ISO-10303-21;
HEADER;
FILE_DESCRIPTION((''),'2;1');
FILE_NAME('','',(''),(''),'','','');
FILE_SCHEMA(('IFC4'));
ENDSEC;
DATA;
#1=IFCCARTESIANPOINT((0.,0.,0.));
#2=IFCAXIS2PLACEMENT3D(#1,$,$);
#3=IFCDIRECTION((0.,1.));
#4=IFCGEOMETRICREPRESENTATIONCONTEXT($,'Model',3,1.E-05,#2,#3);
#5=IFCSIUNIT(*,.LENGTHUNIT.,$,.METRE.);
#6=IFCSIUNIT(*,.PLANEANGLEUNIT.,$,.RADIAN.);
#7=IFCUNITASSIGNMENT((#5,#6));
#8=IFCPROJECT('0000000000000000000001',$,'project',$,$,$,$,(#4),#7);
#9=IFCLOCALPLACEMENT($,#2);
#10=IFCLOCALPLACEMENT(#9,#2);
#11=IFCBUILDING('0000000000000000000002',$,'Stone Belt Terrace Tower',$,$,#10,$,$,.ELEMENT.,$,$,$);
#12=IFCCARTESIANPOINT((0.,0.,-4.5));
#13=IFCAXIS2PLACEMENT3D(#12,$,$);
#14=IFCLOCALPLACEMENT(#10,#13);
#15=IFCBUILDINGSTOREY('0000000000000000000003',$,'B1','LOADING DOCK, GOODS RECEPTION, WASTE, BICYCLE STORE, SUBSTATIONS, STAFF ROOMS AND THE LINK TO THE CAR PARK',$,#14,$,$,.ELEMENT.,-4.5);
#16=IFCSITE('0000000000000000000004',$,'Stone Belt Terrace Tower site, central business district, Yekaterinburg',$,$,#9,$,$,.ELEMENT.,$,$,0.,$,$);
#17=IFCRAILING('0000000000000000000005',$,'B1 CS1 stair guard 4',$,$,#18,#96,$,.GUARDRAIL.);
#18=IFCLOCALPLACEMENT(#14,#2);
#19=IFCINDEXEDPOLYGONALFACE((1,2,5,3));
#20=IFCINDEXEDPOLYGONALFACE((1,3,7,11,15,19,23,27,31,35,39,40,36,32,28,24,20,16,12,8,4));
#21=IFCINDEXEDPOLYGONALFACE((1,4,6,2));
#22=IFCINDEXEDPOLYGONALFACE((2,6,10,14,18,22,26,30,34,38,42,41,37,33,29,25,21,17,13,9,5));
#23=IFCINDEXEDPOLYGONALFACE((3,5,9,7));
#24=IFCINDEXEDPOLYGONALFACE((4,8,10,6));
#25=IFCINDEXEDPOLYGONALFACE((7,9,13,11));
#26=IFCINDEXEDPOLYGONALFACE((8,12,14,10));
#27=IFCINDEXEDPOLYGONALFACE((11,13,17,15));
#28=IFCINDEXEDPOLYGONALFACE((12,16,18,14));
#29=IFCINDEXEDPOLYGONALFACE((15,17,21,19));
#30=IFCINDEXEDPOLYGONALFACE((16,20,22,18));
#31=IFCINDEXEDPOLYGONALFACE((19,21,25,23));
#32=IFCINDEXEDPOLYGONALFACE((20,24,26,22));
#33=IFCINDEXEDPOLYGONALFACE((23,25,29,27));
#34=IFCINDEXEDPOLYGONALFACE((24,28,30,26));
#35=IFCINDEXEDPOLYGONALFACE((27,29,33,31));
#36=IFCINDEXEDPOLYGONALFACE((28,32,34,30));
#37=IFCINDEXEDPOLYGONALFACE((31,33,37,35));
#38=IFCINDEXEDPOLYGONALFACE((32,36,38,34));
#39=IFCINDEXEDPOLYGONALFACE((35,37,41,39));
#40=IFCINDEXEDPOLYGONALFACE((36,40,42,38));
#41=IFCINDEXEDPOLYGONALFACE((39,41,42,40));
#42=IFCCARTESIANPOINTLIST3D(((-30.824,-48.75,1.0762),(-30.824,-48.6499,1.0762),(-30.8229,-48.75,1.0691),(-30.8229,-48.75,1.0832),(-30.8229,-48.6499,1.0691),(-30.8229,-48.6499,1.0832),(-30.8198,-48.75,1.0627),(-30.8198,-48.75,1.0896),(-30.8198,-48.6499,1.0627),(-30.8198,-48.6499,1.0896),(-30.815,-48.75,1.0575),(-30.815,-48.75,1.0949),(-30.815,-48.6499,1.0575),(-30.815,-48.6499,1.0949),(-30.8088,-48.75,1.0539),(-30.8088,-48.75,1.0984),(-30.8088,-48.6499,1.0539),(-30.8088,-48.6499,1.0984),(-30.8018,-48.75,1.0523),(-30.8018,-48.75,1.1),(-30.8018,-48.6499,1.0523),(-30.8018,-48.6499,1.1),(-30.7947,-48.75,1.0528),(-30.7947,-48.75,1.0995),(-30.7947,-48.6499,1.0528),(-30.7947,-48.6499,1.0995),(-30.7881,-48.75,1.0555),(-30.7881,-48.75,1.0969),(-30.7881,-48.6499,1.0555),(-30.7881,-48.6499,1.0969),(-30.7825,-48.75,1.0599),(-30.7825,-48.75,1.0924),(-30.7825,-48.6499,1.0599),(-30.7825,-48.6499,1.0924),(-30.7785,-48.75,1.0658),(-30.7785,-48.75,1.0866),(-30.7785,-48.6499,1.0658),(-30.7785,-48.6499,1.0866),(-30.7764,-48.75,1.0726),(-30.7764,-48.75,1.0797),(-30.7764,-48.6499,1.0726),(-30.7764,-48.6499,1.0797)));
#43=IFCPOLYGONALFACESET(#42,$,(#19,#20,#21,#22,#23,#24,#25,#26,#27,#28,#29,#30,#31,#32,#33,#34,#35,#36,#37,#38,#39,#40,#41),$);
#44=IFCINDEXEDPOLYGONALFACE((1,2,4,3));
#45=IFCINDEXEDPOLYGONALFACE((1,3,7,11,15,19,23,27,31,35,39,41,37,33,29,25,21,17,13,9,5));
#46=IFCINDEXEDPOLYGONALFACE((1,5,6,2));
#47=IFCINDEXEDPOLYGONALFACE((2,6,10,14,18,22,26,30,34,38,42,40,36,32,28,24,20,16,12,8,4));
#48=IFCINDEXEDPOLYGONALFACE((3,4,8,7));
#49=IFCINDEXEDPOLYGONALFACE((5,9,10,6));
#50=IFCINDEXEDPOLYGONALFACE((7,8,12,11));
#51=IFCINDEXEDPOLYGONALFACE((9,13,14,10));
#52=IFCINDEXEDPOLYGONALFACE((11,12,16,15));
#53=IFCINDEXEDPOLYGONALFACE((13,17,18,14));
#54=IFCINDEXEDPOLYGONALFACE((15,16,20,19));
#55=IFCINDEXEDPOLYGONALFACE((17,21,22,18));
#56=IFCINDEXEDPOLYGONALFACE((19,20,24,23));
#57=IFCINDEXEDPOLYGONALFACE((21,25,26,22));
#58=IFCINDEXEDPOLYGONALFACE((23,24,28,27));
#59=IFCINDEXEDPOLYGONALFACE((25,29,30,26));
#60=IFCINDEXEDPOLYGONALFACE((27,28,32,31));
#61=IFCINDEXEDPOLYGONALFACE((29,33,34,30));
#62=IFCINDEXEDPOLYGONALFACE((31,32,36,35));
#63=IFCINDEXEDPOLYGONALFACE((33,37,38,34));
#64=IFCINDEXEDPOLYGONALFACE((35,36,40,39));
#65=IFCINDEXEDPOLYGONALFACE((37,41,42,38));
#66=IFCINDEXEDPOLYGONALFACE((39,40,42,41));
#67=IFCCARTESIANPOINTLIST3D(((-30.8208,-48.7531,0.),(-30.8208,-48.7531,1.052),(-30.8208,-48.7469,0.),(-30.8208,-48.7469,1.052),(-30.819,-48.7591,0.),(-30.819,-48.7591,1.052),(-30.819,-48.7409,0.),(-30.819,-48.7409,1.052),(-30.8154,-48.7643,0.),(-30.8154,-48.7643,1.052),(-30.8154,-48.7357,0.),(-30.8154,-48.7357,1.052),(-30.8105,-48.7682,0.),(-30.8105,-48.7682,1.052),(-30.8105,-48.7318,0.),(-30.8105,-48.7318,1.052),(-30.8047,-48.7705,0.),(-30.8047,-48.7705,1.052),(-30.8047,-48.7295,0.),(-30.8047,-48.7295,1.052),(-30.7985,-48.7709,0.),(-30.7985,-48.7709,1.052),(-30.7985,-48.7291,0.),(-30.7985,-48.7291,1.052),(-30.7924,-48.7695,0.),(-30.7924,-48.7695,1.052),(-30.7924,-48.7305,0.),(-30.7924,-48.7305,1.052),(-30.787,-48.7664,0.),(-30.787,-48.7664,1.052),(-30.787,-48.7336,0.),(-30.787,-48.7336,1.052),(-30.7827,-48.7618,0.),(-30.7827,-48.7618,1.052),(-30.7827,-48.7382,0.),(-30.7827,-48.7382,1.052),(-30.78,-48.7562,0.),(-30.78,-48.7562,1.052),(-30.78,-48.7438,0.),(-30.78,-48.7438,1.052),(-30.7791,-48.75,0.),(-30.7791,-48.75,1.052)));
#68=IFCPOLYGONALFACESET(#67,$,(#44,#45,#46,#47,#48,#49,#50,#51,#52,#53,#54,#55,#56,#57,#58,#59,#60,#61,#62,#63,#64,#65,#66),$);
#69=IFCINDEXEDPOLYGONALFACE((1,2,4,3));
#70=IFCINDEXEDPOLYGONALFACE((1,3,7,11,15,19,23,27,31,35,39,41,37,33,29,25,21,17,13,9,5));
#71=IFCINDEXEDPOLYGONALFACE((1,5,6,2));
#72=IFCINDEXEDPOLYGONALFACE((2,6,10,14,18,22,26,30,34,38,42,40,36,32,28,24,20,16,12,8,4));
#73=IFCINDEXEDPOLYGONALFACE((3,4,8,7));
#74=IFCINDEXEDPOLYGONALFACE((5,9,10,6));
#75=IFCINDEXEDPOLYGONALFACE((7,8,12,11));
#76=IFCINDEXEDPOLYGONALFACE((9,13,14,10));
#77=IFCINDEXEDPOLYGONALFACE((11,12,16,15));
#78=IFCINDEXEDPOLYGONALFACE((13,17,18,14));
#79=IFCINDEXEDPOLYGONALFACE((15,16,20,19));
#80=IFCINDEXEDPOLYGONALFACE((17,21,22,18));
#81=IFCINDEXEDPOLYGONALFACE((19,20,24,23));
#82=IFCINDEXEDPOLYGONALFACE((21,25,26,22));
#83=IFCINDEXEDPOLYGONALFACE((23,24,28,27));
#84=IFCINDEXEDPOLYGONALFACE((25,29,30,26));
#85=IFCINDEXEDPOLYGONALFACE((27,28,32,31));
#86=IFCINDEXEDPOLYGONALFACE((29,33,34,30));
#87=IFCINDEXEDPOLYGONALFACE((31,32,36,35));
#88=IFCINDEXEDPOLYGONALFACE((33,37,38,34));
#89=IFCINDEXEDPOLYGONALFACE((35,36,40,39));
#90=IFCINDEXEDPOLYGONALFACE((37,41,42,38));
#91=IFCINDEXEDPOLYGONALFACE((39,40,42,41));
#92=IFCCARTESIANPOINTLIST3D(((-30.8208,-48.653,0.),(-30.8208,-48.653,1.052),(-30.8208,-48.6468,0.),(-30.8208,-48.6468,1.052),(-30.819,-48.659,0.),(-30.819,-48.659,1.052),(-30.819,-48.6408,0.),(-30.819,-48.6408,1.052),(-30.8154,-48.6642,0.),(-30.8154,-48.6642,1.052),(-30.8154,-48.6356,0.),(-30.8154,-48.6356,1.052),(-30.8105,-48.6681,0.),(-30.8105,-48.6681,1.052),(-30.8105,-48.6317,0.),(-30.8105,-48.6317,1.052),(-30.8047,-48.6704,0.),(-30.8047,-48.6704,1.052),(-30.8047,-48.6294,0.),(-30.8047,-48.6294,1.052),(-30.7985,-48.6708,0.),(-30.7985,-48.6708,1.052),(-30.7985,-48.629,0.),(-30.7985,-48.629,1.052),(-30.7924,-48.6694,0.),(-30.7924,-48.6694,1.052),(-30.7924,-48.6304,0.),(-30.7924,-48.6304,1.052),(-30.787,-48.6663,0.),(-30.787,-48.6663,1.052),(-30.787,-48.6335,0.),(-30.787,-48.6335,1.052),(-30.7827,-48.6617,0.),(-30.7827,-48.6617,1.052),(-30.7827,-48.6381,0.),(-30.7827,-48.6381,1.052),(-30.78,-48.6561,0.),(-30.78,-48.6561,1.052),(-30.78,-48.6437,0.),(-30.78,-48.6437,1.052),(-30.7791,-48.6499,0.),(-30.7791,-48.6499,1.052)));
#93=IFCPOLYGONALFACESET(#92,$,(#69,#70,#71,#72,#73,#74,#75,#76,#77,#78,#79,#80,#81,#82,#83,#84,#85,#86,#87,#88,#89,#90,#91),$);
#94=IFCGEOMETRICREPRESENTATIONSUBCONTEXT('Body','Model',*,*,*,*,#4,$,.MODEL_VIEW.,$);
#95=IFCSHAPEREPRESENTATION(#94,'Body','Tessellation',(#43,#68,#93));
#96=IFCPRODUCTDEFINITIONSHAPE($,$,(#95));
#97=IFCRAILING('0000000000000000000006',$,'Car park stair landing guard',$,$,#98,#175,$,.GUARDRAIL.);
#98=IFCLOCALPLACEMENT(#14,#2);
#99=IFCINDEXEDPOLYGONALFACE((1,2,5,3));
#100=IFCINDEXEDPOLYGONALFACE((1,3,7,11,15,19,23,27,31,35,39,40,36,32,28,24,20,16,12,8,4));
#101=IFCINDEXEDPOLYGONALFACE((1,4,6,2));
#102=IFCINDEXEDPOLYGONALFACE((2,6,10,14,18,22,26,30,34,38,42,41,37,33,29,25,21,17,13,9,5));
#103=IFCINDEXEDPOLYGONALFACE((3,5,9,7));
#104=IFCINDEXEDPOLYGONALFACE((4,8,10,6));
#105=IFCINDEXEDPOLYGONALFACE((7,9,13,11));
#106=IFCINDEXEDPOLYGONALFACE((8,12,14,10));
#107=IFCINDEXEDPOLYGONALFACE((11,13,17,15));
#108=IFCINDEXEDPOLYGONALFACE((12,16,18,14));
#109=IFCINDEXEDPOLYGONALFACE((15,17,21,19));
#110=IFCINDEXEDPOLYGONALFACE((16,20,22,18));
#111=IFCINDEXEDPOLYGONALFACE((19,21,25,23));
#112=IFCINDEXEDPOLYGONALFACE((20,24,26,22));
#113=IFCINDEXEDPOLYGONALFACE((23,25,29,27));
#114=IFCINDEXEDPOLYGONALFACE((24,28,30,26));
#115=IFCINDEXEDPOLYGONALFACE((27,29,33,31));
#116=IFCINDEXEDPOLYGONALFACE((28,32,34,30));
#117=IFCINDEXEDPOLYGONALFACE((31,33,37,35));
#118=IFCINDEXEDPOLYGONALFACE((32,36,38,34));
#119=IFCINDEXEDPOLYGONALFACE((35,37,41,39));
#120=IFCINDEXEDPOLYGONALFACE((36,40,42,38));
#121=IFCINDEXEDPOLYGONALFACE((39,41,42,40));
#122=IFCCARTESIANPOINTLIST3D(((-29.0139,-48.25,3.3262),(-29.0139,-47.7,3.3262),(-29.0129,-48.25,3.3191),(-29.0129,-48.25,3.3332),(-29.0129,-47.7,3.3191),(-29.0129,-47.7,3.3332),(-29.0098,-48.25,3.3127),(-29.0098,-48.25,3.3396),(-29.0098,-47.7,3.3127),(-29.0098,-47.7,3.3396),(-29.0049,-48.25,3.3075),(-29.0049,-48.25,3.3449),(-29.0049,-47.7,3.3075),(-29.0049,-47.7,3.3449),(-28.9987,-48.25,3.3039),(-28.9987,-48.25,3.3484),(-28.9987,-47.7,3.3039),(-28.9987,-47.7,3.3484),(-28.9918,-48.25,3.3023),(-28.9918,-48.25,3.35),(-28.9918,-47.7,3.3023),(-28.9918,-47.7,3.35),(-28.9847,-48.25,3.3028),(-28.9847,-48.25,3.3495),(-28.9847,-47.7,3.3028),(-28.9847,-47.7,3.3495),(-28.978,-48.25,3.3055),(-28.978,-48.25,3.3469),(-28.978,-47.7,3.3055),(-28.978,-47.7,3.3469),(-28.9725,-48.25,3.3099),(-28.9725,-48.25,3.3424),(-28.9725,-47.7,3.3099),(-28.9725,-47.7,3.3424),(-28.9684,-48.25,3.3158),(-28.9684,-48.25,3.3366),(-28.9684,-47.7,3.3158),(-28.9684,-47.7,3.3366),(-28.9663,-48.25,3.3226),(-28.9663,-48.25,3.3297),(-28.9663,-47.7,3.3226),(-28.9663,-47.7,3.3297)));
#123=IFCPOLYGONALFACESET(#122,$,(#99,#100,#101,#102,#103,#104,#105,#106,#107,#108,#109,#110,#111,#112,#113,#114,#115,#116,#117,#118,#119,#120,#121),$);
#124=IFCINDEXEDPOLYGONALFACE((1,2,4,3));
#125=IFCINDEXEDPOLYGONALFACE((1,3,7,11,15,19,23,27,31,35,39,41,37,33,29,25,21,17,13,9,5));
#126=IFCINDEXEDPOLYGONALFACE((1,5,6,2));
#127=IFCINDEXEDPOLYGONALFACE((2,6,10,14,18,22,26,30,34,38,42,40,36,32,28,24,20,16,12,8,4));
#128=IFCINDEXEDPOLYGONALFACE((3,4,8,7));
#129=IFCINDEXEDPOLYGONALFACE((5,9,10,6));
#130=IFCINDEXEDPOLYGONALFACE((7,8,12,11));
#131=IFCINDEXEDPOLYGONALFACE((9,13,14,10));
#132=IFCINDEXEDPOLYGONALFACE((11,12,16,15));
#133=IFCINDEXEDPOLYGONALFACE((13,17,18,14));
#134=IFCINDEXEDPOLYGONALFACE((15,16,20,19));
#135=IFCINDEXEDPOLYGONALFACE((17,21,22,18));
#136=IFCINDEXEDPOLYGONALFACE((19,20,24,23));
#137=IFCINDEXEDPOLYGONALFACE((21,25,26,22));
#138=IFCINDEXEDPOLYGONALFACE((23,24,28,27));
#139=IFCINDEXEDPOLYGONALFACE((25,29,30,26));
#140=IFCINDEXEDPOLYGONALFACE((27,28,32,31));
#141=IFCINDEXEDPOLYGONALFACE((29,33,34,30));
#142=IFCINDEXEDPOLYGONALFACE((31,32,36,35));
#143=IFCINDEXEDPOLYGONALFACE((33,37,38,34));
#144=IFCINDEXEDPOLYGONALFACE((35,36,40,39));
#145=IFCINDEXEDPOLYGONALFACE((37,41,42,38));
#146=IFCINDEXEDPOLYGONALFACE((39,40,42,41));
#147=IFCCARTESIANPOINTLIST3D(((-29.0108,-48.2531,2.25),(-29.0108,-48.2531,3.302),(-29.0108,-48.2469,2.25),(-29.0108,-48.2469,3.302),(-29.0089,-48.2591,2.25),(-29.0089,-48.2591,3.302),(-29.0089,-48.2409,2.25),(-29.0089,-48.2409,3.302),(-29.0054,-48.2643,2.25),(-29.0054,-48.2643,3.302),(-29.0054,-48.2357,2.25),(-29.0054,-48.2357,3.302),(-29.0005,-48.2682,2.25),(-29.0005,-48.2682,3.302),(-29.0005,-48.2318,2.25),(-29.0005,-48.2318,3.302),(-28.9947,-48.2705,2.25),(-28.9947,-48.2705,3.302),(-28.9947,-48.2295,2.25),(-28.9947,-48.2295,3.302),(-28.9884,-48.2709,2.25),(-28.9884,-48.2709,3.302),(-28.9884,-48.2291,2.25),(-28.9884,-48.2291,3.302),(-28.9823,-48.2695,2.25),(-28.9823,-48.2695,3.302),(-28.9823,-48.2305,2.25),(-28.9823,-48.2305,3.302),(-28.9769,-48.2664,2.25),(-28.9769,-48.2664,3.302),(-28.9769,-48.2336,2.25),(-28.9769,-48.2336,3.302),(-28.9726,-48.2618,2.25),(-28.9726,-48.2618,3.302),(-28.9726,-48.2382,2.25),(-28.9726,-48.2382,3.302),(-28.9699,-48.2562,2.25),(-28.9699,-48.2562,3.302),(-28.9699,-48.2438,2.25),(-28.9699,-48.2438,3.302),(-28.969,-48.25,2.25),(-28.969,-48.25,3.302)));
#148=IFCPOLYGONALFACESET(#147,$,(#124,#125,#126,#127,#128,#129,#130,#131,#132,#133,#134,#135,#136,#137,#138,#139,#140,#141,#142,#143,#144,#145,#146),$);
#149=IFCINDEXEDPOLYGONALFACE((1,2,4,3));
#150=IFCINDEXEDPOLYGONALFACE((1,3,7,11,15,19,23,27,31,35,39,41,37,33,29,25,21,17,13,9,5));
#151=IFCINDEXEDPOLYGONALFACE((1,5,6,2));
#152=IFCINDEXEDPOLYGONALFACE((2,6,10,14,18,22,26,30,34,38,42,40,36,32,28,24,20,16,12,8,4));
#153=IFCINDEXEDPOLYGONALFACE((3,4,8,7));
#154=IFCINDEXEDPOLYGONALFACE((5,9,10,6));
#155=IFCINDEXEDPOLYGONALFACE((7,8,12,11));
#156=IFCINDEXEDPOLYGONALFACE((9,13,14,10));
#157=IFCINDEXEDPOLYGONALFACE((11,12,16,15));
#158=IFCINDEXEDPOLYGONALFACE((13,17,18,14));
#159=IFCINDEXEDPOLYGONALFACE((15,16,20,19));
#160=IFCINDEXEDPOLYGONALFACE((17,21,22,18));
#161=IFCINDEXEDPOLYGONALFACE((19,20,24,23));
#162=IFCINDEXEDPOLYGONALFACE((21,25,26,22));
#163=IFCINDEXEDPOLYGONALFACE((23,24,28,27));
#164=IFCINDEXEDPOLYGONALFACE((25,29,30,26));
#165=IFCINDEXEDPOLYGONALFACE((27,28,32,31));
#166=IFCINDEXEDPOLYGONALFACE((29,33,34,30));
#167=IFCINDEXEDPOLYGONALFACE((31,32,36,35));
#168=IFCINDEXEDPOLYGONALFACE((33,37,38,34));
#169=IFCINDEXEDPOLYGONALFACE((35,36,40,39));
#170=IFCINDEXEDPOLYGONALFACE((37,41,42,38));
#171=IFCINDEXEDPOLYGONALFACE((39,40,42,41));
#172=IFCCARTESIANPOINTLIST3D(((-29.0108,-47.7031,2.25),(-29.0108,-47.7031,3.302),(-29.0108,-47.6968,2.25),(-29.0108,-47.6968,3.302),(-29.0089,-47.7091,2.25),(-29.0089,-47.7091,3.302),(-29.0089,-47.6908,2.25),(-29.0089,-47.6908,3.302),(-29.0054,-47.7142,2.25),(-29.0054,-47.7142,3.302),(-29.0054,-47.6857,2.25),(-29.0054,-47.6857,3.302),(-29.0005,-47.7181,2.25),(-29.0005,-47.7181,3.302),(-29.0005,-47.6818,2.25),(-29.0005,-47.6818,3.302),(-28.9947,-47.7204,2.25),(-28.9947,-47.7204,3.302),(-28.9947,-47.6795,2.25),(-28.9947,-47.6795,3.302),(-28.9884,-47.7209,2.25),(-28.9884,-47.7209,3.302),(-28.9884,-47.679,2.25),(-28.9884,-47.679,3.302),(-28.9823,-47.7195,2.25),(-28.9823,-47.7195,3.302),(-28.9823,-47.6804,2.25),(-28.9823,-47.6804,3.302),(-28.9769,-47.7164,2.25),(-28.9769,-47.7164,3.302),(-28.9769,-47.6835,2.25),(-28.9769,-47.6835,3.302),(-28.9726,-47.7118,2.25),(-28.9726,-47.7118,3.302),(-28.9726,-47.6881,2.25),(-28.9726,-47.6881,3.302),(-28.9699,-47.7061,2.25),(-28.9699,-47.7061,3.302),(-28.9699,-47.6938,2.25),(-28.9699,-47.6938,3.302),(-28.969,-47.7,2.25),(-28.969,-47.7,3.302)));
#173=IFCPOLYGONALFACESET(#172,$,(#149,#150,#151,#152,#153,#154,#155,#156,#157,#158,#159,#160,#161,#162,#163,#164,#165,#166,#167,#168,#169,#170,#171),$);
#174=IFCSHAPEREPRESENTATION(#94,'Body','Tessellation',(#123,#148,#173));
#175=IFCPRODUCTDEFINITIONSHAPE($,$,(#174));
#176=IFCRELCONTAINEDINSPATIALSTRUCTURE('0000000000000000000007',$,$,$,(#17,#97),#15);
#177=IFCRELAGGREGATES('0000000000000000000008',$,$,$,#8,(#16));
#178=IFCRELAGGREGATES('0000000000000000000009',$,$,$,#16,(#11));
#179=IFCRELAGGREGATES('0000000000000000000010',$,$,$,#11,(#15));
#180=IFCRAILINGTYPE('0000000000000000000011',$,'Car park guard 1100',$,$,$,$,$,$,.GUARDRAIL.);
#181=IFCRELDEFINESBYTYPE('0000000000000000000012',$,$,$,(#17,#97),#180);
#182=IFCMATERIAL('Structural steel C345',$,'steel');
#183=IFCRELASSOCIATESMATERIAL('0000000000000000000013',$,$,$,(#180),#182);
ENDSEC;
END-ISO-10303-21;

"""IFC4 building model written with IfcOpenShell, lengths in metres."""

from ifc_helpers import new_model, si_unit, direction, frame, origin, origin_2d, place, context, subcontext, project, spatial, circle, extrude, material, type_object, element, save


model = new_model("IFC4")

# Units and contexts
model_context = context("Model", 3, precision=1e-05, world=origin(), true_north=direction((0.0, 1.0)))
body_context = subcontext(model_context, "Body", "Model", "MODEL_VIEW")
ifc_project = project(units=[si_unit("LENGTHUNIT", "METRE"), si_unit("PLANEANGLEUNIT", "RADIAN")], contexts=[model_context])

# Site, building, storey
site_placement = place(None, origin())
site = spatial("IfcSite", under=ifc_project, at=site_placement, Name="Stone Belt Terrace Tower site, central business district, Yekaterinburg", CompositionType="ELEMENT", RefElevation=0.0)
building_placement = place(site_placement, origin())
building = spatial("IfcBuilding", under=site, at=building_placement, Name="Stone Belt Terrace Tower", CompositionType="ELEMENT")
storey_placement = place(building_placement, frame((0.0, 0.0, -4.5)))
storey = spatial("IfcBuildingStorey", under=building, at=storey_placement, Name="B1", Description="LOADING DOCK, GOODS RECEPTION, WASTE, BICYCLE STORE, SUBSTATIONS, STAFF ROOMS AND THE LINK TO THE CAR PARK", CompositionType="ELEMENT", Elevation=-4.5)

# Railings
ifc_material_1 = material(Name="Structural steel C345", Category="steel")
railing_type_1 = type_object("IfcRailingType", Name="Car park guard 1100", PredefinedType="GUARDRAIL", material=ifc_material_1)
railing_1_placement = place(storey_placement, frame((-30.8, -48.75, 0.0)))
element("IfcRailing", 1, at=railing_1_placement, inside=storey, type_object=railing_type_1, Name="B1 CS1 stair guard 4", PredefinedType="GUARDRAIL", context=body_context, shape_type="SweptSolid", body=[
    extrude(circle(Radius=0.0239, at=origin_2d()), frame((0.0, 0.0, 1.0762), z_axis=(0.0, 1.0, 0.0), x_axis=(-1.0, 0.0, 0.0)), (0.0, 0.0, 1.0), 0.1001),
    extrude(circle(Radius=0.021, at=origin_2d()), origin(), (0.0, 0.0, 1.0), 1.052),
    extrude(circle(Radius=0.021, at=origin_2d()), frame((0.0, 0.1001, 0.0)), (0.0, 0.0, 1.0), 1.052),
])
railing_2_placement = place(storey_placement, frame((-28.99, -48.25, 2.25)))
element("IfcRailing", 2, at=railing_2_placement, inside=storey, type_object=railing_type_1, Name="Car park stair landing guard", PredefinedType="GUARDRAIL", context=body_context, shape_type="SweptSolid", body=[
    extrude(circle(Radius=0.0239, at=origin_2d()), frame((0.0, 0.0, 1.0762), z_axis=(0.0, 1.0, 0.0), x_axis=(-1.0, 0.0, 0.0)), (0.0, 0.0, 1.0), 0.55),
    extrude(circle(Radius=0.021, at=origin_2d()), origin(), (0.0, 0.0, 1.0), 1.052),
    extrude(circle(Radius=0.021, at=origin_2d()), frame((0.0, 0.55, 0.0)), (0.0, 0.0, 1.0), 1.052),
])

save(model, "model.ifc")
